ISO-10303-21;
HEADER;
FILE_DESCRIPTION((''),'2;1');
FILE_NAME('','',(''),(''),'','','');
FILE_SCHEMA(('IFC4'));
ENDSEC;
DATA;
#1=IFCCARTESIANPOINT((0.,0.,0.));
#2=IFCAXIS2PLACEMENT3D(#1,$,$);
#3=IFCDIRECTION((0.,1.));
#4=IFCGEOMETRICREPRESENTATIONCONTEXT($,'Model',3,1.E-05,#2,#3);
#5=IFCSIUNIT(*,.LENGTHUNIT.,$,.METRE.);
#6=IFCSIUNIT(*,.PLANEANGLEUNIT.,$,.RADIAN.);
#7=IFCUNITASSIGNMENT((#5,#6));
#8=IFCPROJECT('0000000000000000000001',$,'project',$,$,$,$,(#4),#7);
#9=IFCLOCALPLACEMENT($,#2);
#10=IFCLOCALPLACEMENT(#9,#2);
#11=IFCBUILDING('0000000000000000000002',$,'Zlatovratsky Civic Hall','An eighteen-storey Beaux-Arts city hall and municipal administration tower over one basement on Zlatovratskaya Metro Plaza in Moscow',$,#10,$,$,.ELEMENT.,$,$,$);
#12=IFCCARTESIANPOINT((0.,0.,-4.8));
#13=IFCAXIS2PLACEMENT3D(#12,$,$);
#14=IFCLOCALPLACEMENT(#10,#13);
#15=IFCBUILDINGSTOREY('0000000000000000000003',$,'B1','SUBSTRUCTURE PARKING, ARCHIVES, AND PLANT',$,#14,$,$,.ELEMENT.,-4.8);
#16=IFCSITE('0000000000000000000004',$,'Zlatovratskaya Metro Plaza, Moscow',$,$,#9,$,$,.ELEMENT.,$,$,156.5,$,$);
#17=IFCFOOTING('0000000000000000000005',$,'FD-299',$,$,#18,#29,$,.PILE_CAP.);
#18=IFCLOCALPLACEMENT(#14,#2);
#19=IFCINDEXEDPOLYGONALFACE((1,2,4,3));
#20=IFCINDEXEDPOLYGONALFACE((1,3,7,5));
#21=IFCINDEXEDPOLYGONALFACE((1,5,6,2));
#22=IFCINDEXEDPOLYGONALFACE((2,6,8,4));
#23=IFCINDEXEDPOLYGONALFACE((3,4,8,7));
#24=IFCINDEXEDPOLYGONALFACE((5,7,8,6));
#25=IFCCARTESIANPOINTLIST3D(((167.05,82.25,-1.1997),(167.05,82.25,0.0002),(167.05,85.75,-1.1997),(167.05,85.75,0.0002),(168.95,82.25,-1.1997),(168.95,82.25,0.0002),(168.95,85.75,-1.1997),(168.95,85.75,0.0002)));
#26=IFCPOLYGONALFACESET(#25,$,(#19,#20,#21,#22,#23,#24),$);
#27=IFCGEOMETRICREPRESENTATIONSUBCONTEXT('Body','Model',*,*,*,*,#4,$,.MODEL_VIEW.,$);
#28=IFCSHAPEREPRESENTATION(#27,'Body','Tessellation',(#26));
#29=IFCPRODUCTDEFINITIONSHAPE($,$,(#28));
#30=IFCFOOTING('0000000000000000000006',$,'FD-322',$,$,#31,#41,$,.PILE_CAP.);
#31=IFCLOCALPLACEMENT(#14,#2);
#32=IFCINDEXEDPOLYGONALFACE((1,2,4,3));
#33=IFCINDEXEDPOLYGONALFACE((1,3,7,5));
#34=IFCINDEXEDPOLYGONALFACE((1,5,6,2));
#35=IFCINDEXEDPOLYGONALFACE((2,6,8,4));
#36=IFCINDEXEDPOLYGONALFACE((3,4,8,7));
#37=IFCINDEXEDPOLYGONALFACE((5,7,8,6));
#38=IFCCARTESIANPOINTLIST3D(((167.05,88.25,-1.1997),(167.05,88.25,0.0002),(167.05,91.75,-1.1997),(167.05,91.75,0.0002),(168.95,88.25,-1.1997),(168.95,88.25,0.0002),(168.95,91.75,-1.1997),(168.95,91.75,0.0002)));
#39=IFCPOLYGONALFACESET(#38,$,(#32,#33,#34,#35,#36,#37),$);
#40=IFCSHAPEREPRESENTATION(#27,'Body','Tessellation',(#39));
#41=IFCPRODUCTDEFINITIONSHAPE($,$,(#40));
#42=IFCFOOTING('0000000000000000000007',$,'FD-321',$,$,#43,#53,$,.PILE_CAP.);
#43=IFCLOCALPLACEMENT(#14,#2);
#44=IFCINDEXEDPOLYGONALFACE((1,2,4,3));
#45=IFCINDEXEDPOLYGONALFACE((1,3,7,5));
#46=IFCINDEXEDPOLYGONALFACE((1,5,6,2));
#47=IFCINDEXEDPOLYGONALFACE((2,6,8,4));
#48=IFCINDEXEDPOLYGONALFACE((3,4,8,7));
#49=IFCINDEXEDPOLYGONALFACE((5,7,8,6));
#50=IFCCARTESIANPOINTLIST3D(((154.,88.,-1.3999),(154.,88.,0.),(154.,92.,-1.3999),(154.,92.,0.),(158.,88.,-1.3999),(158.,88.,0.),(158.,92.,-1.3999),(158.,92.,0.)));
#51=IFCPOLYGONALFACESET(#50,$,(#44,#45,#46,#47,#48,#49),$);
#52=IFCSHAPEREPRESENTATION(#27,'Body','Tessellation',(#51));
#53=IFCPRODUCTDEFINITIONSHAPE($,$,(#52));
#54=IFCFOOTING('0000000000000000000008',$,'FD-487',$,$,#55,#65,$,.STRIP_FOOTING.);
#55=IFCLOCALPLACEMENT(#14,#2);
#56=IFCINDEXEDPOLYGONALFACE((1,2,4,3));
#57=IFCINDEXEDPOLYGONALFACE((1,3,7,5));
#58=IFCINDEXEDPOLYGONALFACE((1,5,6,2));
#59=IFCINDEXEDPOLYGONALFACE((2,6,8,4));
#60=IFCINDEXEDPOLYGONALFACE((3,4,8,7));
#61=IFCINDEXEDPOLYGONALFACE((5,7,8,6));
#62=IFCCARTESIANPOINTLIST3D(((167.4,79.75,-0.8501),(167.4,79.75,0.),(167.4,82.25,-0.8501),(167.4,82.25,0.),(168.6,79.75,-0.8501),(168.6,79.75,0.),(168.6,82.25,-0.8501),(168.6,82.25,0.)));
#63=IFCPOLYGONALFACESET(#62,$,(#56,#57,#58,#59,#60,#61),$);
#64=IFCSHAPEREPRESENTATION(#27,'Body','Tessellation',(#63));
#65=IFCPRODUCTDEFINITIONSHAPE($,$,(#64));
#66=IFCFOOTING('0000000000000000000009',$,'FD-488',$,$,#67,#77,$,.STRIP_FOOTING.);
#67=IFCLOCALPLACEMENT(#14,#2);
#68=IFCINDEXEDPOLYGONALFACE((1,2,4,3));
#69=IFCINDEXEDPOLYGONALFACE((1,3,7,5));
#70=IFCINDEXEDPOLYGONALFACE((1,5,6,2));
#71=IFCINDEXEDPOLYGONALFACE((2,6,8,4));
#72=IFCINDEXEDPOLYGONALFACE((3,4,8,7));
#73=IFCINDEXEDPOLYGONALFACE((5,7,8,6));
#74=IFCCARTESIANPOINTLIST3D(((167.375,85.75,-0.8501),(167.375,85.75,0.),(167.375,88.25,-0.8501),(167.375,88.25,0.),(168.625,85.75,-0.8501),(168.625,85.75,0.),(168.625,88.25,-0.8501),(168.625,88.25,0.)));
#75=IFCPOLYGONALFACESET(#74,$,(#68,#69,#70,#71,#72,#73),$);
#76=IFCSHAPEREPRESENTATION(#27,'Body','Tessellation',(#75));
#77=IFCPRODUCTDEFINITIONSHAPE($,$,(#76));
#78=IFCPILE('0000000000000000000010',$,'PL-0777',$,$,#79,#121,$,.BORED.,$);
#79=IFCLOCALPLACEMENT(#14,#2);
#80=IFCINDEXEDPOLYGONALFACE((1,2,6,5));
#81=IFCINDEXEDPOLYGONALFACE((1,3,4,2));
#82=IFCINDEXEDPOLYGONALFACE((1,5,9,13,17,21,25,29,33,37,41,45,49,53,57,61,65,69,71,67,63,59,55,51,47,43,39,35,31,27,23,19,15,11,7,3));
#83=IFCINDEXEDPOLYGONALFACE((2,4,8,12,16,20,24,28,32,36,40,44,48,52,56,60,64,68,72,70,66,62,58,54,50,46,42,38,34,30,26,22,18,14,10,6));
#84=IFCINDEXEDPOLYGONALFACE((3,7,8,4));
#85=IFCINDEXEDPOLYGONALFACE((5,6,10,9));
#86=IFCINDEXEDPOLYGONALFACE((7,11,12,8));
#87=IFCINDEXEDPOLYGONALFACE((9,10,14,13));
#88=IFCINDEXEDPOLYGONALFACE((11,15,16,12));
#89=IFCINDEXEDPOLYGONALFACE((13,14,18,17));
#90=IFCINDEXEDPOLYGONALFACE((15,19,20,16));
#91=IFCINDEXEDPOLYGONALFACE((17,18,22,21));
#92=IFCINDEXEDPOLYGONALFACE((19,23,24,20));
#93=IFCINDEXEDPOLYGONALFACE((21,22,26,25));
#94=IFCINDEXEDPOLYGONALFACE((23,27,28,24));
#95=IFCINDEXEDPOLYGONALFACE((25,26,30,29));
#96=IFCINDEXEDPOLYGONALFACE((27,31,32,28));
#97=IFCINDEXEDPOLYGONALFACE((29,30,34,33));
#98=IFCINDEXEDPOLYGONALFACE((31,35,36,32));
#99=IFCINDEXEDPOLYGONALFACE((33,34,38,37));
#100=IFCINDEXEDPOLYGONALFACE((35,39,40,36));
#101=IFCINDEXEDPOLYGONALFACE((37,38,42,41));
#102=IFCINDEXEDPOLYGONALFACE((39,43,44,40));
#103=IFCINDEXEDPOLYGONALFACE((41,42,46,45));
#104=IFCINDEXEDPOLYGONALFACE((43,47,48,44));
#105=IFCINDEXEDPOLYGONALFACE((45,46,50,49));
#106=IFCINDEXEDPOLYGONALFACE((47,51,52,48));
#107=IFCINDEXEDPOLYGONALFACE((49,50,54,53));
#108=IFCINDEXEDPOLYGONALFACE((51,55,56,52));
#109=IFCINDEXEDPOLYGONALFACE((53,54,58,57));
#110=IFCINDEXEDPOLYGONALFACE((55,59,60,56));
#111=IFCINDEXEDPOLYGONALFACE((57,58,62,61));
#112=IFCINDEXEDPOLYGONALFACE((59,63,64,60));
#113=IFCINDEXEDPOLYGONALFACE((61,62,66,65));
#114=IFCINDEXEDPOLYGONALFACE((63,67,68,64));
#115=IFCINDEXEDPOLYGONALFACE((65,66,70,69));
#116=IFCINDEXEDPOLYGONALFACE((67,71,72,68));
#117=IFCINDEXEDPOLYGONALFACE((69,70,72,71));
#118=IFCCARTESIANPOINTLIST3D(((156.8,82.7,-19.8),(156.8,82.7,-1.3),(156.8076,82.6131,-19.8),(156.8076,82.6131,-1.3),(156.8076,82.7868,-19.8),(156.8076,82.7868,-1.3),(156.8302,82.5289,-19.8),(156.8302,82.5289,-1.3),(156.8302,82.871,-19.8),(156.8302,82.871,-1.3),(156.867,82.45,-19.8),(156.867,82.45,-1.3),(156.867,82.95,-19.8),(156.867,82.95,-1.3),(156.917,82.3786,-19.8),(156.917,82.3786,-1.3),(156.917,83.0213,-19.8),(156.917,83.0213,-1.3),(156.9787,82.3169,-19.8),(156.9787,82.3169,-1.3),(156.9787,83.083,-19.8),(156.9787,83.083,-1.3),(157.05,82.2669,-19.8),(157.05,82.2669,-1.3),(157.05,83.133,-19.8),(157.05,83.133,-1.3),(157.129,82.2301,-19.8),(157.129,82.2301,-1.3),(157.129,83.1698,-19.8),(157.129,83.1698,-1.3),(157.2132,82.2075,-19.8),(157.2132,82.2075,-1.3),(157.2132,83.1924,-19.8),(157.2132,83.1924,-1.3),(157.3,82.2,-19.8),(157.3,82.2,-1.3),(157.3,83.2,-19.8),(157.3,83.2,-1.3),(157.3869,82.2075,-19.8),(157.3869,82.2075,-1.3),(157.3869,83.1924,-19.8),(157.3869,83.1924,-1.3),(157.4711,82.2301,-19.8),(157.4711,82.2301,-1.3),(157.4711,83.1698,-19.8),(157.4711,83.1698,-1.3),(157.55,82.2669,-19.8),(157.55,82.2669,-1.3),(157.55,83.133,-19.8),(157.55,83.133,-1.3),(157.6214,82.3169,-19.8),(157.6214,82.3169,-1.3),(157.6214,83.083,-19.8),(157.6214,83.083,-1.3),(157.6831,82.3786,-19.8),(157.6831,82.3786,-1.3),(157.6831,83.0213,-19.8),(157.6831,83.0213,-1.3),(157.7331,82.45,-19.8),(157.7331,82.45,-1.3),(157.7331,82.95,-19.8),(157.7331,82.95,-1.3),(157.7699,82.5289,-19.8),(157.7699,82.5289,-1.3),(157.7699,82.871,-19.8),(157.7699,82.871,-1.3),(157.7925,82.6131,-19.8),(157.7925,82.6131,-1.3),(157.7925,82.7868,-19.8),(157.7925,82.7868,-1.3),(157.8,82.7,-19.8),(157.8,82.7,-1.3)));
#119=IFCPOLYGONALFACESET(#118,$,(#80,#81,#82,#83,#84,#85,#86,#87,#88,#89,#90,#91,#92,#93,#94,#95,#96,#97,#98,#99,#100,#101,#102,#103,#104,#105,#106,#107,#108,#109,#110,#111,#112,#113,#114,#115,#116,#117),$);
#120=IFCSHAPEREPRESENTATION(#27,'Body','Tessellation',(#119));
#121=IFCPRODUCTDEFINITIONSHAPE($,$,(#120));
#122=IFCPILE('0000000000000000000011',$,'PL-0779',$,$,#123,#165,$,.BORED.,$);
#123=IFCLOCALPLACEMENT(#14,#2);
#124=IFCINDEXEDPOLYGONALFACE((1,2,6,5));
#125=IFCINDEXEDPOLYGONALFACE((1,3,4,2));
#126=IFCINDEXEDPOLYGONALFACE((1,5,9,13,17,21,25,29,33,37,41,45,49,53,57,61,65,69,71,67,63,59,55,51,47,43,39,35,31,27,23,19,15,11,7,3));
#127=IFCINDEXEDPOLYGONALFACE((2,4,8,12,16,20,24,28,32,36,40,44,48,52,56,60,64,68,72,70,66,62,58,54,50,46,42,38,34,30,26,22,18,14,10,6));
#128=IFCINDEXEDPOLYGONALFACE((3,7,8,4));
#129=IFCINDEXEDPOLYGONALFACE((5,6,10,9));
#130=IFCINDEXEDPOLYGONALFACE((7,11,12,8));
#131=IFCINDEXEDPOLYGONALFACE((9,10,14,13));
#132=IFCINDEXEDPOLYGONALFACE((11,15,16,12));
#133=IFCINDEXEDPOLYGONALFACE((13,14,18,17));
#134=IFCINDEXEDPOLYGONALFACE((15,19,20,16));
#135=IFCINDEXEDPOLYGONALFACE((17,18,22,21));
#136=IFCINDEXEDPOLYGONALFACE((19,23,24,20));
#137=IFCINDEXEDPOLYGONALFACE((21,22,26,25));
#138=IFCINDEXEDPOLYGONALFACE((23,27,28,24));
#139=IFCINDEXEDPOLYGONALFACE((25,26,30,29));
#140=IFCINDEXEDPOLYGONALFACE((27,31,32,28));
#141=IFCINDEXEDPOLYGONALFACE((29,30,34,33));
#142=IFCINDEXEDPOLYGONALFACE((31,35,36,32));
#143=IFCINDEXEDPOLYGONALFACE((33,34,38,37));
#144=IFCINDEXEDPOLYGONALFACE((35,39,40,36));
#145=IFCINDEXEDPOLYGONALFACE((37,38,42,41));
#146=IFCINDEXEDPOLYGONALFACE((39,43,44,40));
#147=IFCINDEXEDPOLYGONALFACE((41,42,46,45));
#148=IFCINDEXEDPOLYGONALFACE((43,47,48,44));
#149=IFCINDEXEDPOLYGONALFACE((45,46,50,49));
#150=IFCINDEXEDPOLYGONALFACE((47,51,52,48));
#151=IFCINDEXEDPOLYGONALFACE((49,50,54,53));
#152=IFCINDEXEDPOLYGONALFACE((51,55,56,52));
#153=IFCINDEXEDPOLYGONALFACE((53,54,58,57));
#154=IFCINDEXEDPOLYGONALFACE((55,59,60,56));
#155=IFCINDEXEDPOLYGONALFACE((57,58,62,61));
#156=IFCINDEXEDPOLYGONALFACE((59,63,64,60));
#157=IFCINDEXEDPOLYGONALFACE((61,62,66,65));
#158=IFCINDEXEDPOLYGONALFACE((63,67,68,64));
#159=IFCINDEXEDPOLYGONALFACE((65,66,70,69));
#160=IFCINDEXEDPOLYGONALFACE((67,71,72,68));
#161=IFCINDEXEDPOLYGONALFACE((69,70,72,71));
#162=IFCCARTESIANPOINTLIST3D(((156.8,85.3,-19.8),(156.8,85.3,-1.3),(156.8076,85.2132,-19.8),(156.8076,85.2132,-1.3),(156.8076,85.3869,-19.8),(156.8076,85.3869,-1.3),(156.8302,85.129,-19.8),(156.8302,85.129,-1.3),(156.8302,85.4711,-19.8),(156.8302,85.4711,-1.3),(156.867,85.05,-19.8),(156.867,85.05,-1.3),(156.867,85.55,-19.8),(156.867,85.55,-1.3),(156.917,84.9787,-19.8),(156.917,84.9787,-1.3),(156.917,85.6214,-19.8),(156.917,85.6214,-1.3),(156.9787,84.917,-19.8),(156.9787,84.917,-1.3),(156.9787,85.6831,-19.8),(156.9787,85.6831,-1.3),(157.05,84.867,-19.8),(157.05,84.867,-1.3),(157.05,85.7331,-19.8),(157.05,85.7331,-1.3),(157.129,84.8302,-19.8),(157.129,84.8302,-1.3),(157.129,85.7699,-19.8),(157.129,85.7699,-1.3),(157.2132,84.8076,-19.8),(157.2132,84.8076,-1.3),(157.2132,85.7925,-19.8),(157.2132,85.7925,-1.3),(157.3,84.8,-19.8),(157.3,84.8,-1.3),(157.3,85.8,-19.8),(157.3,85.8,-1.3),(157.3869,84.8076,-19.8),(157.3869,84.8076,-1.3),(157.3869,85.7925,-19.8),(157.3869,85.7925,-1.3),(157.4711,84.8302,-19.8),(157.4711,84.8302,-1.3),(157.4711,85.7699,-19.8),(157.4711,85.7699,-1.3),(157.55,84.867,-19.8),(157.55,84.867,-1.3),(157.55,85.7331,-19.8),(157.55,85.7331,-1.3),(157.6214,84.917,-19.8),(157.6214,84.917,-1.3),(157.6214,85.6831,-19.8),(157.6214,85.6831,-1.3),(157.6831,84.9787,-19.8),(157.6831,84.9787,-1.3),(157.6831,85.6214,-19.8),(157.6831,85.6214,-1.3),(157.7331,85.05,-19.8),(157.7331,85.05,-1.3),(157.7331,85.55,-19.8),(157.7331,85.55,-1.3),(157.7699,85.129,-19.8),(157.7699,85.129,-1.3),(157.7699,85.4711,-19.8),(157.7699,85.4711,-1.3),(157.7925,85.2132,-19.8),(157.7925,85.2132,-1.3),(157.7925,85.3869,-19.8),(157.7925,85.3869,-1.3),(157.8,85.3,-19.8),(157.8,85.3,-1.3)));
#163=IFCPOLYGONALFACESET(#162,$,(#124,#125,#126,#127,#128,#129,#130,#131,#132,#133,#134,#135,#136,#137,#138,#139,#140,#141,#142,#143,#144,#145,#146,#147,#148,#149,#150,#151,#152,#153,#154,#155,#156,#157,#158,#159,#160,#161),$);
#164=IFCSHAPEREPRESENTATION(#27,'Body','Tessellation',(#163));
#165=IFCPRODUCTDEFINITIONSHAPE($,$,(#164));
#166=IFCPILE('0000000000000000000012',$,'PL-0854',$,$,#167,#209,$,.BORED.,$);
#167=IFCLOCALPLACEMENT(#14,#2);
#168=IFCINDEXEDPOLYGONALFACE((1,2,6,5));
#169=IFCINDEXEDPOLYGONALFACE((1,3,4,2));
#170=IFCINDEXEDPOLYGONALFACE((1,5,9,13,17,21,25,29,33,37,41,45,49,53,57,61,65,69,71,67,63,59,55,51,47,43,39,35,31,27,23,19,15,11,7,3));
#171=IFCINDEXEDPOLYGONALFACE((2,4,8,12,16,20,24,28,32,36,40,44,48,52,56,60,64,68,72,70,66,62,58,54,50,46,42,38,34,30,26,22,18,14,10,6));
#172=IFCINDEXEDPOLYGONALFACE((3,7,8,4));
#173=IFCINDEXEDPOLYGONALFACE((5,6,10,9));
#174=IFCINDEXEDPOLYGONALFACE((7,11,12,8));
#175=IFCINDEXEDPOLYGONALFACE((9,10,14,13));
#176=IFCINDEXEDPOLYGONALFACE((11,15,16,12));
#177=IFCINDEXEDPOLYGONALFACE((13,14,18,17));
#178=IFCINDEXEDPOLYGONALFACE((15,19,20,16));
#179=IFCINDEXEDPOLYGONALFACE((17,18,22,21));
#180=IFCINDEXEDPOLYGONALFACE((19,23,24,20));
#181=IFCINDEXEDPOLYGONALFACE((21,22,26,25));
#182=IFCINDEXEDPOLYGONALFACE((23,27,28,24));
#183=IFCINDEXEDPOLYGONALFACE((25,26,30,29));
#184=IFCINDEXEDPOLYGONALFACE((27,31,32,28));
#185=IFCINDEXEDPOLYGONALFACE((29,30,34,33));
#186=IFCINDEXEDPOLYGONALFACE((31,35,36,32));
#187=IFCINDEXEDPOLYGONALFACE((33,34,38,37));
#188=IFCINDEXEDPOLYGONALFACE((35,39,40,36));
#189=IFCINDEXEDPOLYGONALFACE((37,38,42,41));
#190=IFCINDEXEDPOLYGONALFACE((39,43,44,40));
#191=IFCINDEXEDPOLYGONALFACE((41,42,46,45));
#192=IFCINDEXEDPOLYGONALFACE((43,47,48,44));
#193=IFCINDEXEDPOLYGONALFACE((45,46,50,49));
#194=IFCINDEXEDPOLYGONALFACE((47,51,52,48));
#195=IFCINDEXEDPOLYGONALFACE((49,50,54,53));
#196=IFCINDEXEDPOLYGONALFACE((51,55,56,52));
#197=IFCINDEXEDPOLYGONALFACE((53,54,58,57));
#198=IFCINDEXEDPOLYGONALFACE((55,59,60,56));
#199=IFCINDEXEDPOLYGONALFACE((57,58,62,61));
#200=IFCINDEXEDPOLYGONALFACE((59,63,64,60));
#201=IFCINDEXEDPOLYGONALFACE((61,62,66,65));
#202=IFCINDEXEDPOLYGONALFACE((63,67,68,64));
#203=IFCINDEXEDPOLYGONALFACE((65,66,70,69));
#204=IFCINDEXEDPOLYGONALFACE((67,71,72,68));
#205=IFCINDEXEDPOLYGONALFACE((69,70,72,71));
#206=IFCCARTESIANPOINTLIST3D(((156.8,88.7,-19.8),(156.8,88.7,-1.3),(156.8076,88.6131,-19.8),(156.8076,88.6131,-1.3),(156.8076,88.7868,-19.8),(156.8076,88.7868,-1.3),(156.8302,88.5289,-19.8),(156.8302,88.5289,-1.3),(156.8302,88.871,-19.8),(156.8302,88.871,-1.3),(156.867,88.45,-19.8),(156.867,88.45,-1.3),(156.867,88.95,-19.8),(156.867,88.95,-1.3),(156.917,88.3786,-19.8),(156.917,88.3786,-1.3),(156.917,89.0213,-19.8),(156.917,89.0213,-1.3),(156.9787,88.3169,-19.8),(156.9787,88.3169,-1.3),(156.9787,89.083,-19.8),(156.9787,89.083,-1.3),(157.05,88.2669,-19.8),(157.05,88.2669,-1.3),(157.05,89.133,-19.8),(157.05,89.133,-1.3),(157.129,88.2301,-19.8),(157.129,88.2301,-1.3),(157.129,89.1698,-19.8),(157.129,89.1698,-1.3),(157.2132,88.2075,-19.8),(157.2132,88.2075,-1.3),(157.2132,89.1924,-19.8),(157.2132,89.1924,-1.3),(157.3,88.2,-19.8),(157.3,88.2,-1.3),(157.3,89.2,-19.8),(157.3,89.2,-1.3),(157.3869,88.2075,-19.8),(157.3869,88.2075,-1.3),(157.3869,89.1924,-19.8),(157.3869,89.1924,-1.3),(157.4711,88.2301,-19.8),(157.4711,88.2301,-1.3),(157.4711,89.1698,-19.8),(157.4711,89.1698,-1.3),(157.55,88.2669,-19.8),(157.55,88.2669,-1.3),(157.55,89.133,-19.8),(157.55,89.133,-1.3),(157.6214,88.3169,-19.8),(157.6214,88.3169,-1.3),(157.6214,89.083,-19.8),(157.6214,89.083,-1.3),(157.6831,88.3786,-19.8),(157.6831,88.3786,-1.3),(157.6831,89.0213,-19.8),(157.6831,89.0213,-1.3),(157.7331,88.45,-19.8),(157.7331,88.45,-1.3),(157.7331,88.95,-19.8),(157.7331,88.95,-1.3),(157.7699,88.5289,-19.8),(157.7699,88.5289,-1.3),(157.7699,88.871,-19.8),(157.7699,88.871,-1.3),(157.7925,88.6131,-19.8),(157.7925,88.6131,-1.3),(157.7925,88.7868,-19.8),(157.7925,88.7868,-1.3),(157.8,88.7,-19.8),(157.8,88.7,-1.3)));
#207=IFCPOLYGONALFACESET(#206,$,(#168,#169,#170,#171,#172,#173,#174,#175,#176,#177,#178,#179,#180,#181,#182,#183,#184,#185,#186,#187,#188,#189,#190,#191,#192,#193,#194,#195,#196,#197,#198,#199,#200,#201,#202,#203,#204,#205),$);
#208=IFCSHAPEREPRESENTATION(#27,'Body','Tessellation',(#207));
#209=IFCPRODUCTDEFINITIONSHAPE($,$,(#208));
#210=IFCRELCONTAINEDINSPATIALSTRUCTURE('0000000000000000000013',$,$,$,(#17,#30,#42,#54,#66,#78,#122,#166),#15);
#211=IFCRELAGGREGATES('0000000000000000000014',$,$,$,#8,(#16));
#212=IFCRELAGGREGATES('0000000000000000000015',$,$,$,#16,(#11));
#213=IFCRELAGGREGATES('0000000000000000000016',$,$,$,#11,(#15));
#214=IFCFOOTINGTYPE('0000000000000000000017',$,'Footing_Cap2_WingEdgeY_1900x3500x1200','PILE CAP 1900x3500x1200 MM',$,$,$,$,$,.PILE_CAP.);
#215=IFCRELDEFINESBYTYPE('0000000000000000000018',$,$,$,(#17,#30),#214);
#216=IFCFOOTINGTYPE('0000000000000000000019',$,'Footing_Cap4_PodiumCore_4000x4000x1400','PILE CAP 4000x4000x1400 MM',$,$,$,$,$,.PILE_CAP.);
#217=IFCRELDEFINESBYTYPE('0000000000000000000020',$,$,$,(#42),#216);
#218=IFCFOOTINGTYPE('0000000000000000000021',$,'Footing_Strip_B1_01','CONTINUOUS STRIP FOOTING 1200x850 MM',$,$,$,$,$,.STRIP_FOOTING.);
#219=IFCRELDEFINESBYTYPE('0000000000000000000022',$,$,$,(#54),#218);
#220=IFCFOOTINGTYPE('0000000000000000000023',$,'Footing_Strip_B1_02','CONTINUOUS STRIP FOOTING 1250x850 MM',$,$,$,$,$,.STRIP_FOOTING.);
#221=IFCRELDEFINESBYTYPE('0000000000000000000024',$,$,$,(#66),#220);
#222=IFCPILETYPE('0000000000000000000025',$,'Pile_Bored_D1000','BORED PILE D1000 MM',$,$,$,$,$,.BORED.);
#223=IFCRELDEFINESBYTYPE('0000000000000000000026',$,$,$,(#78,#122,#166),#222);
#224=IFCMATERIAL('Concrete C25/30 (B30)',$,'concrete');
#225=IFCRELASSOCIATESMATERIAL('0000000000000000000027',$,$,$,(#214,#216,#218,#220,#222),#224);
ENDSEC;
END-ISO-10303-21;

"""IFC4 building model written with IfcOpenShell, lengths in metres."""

from ifc_helpers import new_model, si_unit, direction, frame, origin, origin_2d, place, context, subcontext, project, spatial, rectangle, circle, extrude, material, material_profile, profile_set, type_object, element, save


model = new_model("IFC4")

# Units and contexts
model_context = context("Model", 3, precision=1e-05, world=origin(), true_north=direction((0.0, 1.0)))
body_context = subcontext(model_context, "Body", "Model", "MODEL_VIEW")
ifc_project = project(units=[si_unit("LENGTHUNIT", "METRE"), si_unit("PLANEANGLEUNIT", "RADIAN")], contexts=[model_context])

# Site, building, storey
site_placement = place(None, origin())
site = spatial("IfcSite", under=ifc_project, at=site_placement, Name="Zlatovratskaya Metro Plaza, Moscow", CompositionType="ELEMENT", RefElevation=156.5)
building_placement = place(site_placement, origin())
building = spatial("IfcBuilding", under=site, at=building_placement, Name="Zlatovratsky Civic Hall", Description="An eighteen-storey Beaux-Arts city hall and municipal administration tower over one basement on Zlatovratskaya Metro Plaza in Moscow", CompositionType="ELEMENT")
storey_placement = place(building_placement, frame((0.0, 0.0, -4.8)))
storey = spatial("IfcBuildingStorey", under=building, at=storey_placement, Name="B1", Description="SUBSTRUCTURE PARKING, ARCHIVES, AND PLANT", CompositionType="ELEMENT", Elevation=-4.8)

# Footings
ifc_material_1 = material(Name="Concrete C25/30 (B30)", Category="concrete")
footing_type_1 = type_object("IfcFootingType", Name="Footing_Cap2_WingEdgeY_1900x3500x1200", Description="PILE CAP 1900x3500x1200 MM", PredefinedType="PILE_CAP", material=ifc_material_1)
for number, where, z_axis, x_axis, name in (
    (1, (168.0, 84.0, -1.1997), (0.0, 0.0, 1.0), (1.0, 0.0, 0.0), "FD-299"),
    (2, (168.0, 90.0, -1.1997), (0.0, 0.0, 1.0), (1.0, 0.0, 0.0), "FD-322"),
):
    element("IfcFooting", number, at=place(storey_placement, frame(where, z_axis=z_axis, x_axis=x_axis)), inside=storey, type_object=footing_type_1, Name=name, PredefinedType="PILE_CAP", context=body_context, shape_type="SweptSolid", body=[
        extrude(rectangle(XDim=1.8999, YDim=3.5, at=origin_2d()), origin(), (0.0, 0.0, 1.0), 1.2),
    ])
footing_type_2 = type_object("IfcFootingType", Name="Footing_Cap4_PodiumCore_4000x4000x1400", Description="PILE CAP 4000x4000x1400 MM", PredefinedType="PILE_CAP", material=ifc_material_1)
footing_1_placement = place(storey_placement, frame((156.0, 90.0, -1.3999), z_axis=(0.0, 0.0, 1.0), x_axis=(1.0, 0.0, 0.0)))
element("IfcFooting", 3, at=footing_1_placement, inside=storey, type_object=footing_type_2, Name="FD-321", PredefinedType="PILE_CAP", context=body_context, shape_type="SweptSolid", body=[
    extrude(rectangle(XDim=4.0, YDim=4.0, at=origin_2d()), origin(), (0.0, 0.0, 1.0), 1.3999),
])
footing_type_3 = type_object("IfcFootingType", Name="Footing_Strip_B1_01", Description="CONTINUOUS STRIP FOOTING 1200x850 MM", PredefinedType="STRIP_FOOTING", material=ifc_material_1)
footing_2_placement = place(storey_placement, frame((168.0, 81.0, -0.8501), z_axis=(0.0, 0.0, 1.0), x_axis=(1.0, 0.0, 0.0)))
element("IfcFooting", 4, at=footing_2_placement, inside=storey, type_object=footing_type_3, Name="FD-487", PredefinedType="STRIP_FOOTING", context=body_context, shape_type="SweptSolid", body=[
    extrude(rectangle(XDim=1.2, YDim=2.5, at=origin_2d()), origin(), (0.0, 0.0, 1.0), 0.8501),
])
footing_type_4 = type_object("IfcFootingType", Name="Footing_Strip_B1_02", Description="CONTINUOUS STRIP FOOTING 1250x850 MM", PredefinedType="STRIP_FOOTING", material=ifc_material_1)
footing_3_placement = place(storey_placement, frame((168.0, 87.0, -0.8501), z_axis=(0.0, 0.0, 1.0), x_axis=(1.0, 0.0, 0.0)))
element("IfcFooting", 5, at=footing_3_placement, inside=storey, type_object=footing_type_4, Name="FD-488", PredefinedType="STRIP_FOOTING", context=body_context, shape_type="SweptSolid", body=[
    extrude(rectangle(XDim=1.25, YDim=2.5, at=origin_2d()), origin(), (0.0, 0.0, 1.0), 0.8501),
])

# Piles
ifc_material_profile_1 = material_profile(ifc_material_1, circle(Radius=0.5, at=origin_2d()), Name="PILE D1000")
ifc_profile_set_1 = profile_set([ifc_material_profile_1], Name="Concrete C25/30 (B30)")
pile_type_1 = type_object("IfcPileType", Name="Pile_Bored_D1000", Description="BORED PILE D1000 MM", PredefinedType="BORED", material=ifc_profile_set_1)
for number, where, z_axis, x_axis, name in (
    (6, (157.3, 82.7, -1.3), (0.0, 0.0, -1.0), (1.0, 0.0, 0.0), "PL-0777"),
    (7, (157.3, 85.3, -1.3), (0.0, 0.0, -1.0), (1.0, 0.0, 0.0), "PL-0779"),
    (8, (157.3, 88.7, -1.3), (0.0, 0.0, -1.0), (1.0, 0.0, 0.0), "PL-0854"),
):
    element("IfcPile", number, at=place(storey_placement, frame(where, z_axis=z_axis, x_axis=x_axis)), inside=storey, type_object=pile_type_1, Name=name, PredefinedType="BORED", context=body_context, shape_type="SweptSolid", body=[
        extrude(circle(Radius=0.5, at=origin_2d()), origin(), (0.0, 0.0, 1.0), 18.5),
    ])

save(model, "model.ifc")
